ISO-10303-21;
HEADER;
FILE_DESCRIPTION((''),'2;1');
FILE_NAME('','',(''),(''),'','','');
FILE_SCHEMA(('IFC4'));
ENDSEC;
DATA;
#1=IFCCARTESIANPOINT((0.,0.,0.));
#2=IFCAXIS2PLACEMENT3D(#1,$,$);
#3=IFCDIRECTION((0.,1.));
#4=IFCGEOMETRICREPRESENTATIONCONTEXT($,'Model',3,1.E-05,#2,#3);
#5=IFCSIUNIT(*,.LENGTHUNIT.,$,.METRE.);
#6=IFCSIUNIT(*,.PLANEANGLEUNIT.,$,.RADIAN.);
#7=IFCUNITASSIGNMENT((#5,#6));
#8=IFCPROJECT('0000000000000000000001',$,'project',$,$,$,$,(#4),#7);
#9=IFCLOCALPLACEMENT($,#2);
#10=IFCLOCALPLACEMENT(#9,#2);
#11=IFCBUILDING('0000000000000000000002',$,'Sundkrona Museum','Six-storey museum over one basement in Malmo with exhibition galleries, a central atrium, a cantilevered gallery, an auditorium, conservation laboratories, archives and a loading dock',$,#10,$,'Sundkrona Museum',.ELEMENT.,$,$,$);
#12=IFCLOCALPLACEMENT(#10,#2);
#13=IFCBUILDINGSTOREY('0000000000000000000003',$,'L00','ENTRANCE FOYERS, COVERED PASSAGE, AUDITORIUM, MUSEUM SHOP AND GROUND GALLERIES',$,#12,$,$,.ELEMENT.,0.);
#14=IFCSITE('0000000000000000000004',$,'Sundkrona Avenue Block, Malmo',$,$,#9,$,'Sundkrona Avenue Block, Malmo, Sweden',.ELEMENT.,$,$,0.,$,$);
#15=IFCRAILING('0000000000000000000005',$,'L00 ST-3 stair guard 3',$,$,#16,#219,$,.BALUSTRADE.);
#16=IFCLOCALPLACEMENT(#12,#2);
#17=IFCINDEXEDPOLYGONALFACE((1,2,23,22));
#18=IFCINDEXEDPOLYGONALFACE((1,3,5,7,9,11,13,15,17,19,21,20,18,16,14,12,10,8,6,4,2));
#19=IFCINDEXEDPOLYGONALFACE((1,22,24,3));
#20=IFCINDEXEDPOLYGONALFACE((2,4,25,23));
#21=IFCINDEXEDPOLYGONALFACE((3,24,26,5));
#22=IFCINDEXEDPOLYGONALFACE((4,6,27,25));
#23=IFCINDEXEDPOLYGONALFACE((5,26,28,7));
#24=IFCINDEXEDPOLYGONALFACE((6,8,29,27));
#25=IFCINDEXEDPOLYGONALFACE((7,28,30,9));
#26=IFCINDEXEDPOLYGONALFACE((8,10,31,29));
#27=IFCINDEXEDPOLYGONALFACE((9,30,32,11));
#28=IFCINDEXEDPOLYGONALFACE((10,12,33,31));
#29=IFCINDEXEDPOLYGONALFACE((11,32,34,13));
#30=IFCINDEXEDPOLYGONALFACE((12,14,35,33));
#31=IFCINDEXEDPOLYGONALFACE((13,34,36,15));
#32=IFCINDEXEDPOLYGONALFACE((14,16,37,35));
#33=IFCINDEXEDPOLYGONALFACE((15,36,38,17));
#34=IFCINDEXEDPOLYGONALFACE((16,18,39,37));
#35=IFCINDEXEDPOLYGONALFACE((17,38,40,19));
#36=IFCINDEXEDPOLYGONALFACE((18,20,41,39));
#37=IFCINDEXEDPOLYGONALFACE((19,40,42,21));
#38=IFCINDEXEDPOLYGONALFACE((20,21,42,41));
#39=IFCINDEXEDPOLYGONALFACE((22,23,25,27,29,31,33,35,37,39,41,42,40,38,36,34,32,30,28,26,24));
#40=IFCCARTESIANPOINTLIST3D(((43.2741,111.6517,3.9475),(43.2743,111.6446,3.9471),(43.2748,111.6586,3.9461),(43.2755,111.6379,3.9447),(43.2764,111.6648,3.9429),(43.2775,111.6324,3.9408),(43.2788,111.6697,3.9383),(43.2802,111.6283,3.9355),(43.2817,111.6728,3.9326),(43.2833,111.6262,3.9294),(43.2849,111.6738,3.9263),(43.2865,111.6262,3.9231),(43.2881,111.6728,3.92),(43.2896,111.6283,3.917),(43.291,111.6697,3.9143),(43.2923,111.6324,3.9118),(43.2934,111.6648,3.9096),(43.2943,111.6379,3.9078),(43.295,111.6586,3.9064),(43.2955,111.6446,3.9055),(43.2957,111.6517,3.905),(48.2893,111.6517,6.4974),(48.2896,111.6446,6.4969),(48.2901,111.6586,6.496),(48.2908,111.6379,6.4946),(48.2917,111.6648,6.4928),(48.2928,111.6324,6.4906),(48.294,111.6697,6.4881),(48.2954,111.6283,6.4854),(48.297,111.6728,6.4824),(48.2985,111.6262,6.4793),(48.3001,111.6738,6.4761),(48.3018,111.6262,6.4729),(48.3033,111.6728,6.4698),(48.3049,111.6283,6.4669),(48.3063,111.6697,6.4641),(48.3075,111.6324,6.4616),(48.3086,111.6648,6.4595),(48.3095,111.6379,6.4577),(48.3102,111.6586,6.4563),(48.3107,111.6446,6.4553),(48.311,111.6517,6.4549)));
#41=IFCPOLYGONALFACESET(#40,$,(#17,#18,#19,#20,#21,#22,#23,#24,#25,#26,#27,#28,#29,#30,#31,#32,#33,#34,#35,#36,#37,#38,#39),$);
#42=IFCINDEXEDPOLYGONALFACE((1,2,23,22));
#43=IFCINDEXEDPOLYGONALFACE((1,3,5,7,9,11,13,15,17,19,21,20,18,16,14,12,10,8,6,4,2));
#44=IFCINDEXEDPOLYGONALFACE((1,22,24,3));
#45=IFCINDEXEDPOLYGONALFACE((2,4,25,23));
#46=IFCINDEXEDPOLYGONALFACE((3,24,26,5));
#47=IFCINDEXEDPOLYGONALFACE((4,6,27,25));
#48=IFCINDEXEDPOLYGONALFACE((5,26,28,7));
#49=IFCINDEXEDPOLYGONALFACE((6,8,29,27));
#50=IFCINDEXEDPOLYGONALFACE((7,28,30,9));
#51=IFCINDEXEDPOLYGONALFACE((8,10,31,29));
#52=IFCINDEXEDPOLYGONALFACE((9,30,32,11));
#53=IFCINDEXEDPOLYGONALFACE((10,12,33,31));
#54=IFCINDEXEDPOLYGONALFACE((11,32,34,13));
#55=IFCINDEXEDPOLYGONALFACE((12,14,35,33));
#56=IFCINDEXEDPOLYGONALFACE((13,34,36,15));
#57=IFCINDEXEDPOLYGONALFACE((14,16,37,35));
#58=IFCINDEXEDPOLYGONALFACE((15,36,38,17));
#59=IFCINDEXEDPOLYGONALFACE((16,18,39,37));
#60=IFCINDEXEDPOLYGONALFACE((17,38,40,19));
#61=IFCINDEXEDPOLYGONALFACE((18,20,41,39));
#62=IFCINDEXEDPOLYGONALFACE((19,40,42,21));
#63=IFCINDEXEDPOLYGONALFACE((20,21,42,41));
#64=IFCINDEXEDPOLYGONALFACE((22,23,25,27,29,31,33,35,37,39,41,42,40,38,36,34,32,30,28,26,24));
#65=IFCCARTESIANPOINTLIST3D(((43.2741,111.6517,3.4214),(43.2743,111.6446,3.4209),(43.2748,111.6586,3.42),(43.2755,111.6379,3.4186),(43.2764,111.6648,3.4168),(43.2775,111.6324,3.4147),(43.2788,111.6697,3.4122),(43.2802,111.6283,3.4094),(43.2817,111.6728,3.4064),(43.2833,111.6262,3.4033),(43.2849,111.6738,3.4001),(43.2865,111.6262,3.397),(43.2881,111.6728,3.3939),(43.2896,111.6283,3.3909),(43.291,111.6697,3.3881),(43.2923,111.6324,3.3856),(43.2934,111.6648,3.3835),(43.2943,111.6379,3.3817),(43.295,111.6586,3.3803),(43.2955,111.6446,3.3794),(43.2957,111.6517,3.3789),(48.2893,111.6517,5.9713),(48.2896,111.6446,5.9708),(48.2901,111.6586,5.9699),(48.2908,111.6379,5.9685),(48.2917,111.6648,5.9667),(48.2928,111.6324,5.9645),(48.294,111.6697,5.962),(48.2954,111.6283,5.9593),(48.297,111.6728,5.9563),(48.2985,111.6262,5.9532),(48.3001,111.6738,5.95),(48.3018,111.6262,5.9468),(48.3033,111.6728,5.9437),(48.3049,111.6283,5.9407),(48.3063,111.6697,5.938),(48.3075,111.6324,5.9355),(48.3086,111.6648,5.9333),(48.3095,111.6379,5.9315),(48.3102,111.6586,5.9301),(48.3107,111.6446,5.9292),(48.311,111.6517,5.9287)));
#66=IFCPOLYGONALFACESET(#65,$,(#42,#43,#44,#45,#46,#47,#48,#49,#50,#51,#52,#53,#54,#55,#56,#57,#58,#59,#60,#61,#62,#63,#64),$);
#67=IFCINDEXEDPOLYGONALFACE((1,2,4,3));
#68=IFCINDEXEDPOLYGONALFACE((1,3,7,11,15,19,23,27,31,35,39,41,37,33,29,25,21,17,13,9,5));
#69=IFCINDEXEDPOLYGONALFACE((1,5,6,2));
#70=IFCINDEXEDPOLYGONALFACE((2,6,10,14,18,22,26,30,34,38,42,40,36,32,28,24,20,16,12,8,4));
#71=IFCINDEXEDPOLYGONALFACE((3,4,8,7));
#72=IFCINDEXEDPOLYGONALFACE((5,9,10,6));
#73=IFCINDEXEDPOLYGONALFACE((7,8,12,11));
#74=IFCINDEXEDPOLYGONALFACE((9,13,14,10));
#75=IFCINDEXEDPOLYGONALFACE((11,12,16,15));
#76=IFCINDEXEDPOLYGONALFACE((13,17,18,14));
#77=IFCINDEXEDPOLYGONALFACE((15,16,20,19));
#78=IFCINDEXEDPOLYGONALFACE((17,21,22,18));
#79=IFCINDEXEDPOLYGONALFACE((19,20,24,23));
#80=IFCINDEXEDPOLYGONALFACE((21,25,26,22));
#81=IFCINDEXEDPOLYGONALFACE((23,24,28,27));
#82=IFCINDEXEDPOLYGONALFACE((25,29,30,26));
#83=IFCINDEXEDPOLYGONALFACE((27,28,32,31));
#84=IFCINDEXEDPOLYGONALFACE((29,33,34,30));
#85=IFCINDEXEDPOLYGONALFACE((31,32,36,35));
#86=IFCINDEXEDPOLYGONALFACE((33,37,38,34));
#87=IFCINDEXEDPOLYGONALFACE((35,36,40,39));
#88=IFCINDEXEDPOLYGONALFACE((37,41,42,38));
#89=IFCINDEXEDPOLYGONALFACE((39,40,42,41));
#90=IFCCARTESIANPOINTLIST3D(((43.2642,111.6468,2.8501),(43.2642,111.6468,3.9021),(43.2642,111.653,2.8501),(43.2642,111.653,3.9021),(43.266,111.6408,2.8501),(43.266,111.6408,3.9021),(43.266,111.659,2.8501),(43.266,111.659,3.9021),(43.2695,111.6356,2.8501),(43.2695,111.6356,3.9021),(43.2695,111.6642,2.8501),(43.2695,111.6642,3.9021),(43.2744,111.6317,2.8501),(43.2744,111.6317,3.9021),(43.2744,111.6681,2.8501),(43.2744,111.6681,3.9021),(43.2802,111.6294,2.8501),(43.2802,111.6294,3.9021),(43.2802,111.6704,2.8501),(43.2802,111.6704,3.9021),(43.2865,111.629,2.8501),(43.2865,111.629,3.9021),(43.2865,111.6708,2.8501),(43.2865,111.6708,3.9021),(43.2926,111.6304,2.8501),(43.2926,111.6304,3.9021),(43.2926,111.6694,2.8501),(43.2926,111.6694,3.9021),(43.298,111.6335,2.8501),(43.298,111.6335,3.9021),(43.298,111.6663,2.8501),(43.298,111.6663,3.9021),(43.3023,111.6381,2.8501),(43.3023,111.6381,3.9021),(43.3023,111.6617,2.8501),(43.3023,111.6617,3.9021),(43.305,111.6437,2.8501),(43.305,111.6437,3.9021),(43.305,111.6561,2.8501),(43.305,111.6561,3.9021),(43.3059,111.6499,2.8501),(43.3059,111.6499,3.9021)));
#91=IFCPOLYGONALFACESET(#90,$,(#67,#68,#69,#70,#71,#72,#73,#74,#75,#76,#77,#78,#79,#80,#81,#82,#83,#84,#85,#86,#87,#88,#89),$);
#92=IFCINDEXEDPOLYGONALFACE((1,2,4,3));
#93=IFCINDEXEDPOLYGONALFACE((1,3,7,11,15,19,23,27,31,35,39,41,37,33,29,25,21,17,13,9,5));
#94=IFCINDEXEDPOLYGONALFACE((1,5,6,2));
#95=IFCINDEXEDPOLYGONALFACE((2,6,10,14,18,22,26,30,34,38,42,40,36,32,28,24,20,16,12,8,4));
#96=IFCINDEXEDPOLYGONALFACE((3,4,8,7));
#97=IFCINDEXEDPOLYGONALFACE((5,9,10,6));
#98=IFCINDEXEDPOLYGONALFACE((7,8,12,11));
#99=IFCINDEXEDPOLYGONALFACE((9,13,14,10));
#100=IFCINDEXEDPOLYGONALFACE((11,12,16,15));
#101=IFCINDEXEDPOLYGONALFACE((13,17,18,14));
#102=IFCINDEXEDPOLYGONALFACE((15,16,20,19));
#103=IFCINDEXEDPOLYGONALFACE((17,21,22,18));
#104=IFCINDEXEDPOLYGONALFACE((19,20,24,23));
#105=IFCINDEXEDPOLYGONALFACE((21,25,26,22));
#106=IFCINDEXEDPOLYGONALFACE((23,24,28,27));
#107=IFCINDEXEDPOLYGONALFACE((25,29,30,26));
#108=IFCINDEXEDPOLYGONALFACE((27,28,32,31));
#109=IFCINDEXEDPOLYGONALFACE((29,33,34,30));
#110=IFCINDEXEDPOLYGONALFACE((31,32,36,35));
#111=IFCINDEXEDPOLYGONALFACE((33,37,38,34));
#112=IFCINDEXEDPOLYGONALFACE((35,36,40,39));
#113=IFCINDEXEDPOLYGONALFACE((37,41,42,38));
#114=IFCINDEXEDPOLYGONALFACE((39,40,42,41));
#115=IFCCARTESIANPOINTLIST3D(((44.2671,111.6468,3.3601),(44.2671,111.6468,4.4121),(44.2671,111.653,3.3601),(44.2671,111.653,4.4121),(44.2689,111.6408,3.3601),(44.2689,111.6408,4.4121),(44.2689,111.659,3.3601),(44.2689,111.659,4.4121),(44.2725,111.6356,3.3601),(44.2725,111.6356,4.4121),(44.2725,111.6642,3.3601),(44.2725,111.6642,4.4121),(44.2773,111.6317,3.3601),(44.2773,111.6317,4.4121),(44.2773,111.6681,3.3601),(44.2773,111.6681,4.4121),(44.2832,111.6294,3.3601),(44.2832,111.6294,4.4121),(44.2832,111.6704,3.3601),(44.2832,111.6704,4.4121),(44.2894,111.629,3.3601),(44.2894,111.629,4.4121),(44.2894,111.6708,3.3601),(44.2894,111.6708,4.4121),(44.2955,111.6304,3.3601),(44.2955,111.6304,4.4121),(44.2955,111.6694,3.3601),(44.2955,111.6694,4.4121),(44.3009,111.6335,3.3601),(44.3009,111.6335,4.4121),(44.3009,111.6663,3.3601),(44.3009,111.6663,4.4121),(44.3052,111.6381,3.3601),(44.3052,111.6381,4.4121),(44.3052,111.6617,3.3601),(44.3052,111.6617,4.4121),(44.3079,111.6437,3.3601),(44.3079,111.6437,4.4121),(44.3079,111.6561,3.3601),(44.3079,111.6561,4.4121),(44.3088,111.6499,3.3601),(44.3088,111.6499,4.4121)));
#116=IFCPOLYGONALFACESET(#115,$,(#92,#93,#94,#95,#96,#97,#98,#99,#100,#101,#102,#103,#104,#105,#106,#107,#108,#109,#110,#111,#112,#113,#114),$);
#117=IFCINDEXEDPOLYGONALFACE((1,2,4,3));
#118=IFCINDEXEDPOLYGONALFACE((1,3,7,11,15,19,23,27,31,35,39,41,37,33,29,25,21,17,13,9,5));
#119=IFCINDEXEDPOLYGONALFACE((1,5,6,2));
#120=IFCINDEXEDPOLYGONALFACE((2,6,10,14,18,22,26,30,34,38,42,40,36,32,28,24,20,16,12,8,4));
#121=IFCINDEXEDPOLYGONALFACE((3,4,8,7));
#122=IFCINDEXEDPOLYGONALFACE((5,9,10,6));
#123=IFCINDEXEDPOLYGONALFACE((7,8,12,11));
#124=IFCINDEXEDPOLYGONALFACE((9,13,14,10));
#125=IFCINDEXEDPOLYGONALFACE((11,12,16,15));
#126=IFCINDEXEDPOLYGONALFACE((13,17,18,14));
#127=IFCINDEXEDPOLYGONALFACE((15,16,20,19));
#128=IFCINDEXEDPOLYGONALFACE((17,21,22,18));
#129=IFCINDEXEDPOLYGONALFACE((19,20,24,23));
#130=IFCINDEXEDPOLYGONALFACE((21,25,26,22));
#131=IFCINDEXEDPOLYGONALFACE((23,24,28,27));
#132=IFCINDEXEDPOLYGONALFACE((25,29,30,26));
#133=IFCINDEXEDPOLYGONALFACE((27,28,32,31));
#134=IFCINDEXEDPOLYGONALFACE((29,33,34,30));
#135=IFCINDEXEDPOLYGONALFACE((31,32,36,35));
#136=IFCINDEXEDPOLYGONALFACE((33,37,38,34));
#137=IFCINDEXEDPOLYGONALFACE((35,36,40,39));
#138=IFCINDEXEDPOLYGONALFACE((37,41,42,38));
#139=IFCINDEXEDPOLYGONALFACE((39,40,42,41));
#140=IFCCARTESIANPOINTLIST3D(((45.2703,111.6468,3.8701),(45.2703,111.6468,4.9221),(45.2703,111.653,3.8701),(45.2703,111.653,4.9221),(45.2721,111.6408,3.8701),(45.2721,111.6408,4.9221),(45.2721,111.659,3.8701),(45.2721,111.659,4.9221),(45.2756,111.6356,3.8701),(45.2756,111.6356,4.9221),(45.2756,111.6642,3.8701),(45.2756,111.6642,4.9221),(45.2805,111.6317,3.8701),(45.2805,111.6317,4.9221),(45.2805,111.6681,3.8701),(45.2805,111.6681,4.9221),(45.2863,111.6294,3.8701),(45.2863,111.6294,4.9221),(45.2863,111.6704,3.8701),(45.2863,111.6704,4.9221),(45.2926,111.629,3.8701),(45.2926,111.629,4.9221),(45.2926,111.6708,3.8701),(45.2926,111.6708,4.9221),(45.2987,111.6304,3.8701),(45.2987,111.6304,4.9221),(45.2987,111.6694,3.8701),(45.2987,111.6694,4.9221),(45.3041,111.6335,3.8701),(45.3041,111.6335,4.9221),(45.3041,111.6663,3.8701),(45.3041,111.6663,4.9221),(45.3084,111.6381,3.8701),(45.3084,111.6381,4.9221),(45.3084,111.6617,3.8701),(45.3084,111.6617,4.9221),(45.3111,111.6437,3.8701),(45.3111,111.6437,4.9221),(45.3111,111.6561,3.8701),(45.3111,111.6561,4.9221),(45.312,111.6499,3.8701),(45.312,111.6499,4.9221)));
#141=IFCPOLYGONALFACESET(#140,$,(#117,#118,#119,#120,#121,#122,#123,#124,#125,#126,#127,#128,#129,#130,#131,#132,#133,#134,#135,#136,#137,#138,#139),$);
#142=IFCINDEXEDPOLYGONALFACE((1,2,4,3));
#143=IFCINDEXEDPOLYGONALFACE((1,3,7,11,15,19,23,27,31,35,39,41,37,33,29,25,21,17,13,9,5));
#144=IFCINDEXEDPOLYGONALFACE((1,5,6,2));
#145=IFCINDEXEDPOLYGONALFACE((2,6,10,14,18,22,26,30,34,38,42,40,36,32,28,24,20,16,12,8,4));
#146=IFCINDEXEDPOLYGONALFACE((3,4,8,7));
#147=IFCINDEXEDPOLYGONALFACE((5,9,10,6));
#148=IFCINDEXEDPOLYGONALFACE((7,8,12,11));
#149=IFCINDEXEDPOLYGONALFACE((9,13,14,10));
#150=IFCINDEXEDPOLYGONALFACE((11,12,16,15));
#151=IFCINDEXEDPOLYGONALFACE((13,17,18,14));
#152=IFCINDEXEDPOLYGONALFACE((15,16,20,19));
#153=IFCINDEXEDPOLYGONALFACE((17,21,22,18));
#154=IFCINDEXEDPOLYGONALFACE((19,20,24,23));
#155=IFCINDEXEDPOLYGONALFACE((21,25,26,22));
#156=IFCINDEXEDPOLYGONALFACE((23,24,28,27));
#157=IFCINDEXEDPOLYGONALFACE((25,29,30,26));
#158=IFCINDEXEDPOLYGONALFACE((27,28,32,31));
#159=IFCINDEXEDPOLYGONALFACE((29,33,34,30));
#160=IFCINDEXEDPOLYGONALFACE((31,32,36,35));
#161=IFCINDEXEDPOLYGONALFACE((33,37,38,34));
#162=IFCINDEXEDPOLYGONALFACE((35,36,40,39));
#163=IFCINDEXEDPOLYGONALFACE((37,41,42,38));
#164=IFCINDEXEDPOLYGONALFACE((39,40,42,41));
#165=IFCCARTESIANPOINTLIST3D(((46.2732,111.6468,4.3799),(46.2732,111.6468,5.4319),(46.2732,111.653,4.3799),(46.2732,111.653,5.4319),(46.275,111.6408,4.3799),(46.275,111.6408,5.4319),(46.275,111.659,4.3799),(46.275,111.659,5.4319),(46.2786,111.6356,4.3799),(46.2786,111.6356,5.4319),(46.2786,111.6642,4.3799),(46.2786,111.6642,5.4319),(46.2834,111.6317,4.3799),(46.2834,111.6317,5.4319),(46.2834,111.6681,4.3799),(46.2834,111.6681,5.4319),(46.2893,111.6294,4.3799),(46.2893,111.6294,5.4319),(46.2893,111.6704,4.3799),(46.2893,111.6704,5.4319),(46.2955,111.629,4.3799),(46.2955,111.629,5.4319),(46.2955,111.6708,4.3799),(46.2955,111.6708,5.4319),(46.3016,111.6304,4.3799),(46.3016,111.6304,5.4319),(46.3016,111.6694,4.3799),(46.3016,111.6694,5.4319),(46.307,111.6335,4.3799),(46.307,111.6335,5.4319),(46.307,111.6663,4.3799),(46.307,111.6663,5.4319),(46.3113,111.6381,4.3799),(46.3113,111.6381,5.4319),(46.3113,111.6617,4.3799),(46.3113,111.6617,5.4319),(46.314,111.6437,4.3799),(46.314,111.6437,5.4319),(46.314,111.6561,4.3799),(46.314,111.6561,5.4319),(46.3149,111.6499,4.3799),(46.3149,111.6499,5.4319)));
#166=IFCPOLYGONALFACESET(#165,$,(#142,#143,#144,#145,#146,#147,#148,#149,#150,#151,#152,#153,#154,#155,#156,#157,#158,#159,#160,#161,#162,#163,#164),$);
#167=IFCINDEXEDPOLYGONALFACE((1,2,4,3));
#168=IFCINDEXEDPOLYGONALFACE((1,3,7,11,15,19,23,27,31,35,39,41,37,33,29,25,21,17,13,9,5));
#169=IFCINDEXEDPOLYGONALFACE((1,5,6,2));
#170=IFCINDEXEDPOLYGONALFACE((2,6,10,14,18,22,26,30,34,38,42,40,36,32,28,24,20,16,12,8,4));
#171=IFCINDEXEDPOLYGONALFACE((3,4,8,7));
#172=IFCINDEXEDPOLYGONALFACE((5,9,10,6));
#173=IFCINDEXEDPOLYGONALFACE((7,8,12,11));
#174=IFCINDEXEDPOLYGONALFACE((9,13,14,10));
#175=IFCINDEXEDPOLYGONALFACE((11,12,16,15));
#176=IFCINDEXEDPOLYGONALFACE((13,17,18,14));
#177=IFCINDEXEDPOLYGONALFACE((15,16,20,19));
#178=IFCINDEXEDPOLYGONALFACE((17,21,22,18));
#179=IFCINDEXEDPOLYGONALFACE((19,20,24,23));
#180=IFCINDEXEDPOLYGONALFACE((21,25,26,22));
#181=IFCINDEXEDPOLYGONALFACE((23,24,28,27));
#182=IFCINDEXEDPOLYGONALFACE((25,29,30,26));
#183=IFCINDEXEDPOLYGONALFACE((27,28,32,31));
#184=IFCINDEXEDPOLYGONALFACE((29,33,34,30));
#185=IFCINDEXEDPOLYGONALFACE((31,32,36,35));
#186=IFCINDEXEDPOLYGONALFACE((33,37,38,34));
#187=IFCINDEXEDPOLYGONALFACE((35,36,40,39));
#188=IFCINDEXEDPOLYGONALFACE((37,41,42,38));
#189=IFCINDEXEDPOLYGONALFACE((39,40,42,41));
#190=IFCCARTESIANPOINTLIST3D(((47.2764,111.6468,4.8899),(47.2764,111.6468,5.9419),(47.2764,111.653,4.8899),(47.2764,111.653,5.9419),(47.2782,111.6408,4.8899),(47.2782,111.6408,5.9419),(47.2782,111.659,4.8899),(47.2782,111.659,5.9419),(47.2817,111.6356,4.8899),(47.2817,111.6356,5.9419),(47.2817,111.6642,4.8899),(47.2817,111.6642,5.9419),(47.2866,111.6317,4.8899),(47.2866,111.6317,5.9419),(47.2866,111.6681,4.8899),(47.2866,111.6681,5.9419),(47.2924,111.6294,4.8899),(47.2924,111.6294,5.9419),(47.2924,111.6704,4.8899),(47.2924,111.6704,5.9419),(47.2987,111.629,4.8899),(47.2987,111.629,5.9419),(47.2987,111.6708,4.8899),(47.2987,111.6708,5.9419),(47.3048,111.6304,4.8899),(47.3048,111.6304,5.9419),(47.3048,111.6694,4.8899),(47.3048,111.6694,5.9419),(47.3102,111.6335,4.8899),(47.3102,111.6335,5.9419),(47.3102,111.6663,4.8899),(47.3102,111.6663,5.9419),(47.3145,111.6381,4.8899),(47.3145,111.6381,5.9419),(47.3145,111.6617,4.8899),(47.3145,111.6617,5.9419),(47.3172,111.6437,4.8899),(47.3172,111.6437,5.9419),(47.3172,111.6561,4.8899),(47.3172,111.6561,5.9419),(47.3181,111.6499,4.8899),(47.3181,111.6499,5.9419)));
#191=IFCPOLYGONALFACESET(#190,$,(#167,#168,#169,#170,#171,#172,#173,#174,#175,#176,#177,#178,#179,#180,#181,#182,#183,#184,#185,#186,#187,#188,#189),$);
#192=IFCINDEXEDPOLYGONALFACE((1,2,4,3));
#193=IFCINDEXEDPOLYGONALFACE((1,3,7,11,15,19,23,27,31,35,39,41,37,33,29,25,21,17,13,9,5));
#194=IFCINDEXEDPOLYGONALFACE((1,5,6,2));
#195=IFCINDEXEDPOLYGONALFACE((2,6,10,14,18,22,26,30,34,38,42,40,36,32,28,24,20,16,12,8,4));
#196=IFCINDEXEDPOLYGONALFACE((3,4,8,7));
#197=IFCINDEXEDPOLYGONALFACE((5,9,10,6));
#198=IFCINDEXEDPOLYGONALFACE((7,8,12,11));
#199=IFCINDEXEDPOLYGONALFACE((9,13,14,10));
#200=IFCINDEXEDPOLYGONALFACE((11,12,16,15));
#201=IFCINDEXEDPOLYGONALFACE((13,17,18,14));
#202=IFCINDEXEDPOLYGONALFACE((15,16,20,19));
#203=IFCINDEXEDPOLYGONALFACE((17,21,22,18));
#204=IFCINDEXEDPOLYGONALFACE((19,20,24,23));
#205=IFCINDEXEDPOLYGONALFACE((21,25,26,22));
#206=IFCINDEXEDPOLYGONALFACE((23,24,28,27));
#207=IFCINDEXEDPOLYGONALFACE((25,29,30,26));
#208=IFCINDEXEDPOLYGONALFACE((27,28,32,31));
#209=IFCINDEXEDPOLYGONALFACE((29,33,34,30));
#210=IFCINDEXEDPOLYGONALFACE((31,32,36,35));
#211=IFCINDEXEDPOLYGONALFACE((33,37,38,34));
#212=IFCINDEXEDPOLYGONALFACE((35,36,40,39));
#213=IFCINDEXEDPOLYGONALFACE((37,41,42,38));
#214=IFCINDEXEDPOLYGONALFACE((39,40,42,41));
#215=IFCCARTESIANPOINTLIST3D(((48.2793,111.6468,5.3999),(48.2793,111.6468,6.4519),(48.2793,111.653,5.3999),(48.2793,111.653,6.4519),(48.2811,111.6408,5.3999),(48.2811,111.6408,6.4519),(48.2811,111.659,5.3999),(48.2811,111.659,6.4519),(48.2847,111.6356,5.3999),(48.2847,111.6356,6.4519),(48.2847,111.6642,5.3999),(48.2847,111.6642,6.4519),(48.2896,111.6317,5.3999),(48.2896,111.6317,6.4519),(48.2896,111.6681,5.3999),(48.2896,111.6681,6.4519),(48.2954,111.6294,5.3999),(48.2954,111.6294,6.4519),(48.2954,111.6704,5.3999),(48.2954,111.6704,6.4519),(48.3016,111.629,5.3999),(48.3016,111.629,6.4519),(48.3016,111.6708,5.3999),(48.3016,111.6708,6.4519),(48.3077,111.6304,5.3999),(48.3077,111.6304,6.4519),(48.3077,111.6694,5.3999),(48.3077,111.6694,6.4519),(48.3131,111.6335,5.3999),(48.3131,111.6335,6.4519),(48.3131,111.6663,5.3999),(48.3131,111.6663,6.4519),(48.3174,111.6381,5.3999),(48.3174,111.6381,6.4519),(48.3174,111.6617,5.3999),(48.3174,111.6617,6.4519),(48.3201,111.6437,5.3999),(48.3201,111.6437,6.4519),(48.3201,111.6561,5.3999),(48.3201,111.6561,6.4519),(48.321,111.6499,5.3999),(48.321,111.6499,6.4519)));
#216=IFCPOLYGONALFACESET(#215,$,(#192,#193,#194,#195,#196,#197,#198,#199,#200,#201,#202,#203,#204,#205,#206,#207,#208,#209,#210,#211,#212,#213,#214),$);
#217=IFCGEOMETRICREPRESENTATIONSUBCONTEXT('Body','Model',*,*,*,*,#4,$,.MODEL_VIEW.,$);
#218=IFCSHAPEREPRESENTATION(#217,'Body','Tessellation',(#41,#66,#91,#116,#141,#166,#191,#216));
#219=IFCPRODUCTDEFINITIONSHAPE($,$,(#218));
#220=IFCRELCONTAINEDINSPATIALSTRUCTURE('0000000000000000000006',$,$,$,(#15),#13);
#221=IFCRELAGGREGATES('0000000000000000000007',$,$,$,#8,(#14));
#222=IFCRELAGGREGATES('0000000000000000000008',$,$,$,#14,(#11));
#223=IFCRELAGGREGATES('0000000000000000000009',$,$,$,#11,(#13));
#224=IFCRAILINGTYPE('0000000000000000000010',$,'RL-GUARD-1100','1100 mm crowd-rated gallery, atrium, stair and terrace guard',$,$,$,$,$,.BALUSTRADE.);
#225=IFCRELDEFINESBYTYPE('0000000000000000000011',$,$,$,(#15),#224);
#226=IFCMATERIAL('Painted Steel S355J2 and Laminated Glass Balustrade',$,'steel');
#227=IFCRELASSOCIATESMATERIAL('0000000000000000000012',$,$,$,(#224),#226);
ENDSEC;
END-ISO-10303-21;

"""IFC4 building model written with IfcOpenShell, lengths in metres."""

from ifc_helpers import new_model, si_unit, direction, frame, origin, origin_2d, place, context, subcontext, project, spatial, circle, extrude, material, type_object, element, save


model = new_model("IFC4")

# Units and contexts
model_context = context("Model", 3, precision=1e-05, world=origin(), true_north=direction((0.0, 1.0)))
body_context = subcontext(model_context, "Body", "Model", "MODEL_VIEW")
ifc_project = project(units=[si_unit("LENGTHUNIT", "METRE"), si_unit("PLANEANGLEUNIT", "RADIAN")], contexts=[model_context])

# Site, building, storey
site_placement = place(None, origin())
site = spatial("IfcSite", under=ifc_project, at=site_placement, Name="Sundkrona Avenue Block, Malmo", LongName="Sundkrona Avenue Block, Malmo, Sweden", CompositionType="ELEMENT", RefElevation=0.0)
building_placement = place(site_placement, origin())
building = spatial("IfcBuilding", under=site, at=building_placement, Name="Sundkrona Museum", Description="Six-storey museum over one basement in Malmo with exhibition galleries, a central atrium, a cantilevered gallery, an auditorium, conservation laboratories, archives and a loading dock", LongName="Sundkrona Museum", CompositionType="ELEMENT")
storey_placement = place(building_placement, origin())
storey = spatial("IfcBuildingStorey", under=building, at=storey_placement, Name="L00", Description="ENTRANCE FOYERS, COVERED PASSAGE, AUDITORIUM, MUSEUM SHOP AND GROUND GALLERIES", CompositionType="ELEMENT", Elevation=0.0)

# Railing
ifc_material_1 = material(Name="Painted Steel S355J2 and Laminated Glass Balustrade", Category="steel")
railing_type_1 = type_object("IfcRailingType", Name="RL-GUARD-1100", Description="1100 mm crowd-rated gallery, atrium, stair and terrace guard", PredefinedType="BALUSTRADE", material=ifc_material_1)
railing_1_placement = place(storey_placement, frame((43.2849, 111.6499, 2.8501)))
element("IfcRailing", 1, at=railing_1_placement, inside=storey, type_object=railing_type_1, Name="L00 ST-3 stair guard 3", PredefinedType="BALUSTRADE", context=body_context, shape_type="SweptSolid", body=[
    extrude(circle(Radius=0.0239, at=origin_2d()), frame((0.0, 0.0, 1.0762), z_axis=(0.891404, 0.0, 0.453209), x_axis=(0.0, 1.0, 0.0)), (0.0, 0.0, 1.0), 5.6262),
    extrude(circle(Radius=0.0239, at=origin_2d()), frame((0.0, 0.0, 0.55), z_axis=(0.891404, 0.0, 0.453209), x_axis=(0.0, 1.0, 0.0)), (0.0, 0.0, 1.0), 5.6262),
    extrude(circle(Radius=0.021, at=origin_2d()), origin(), (0.0, 0.0, 1.0), 1.052),
    extrude(circle(Radius=0.021, at=origin_2d()), frame((1.0029, 0.0, 0.51)), (0.0, 0.0, 1.0), 1.052),
    extrude(circle(Radius=0.021, at=origin_2d()), frame((2.0061, 0.0, 1.02)), (0.0, 0.0, 1.0), 1.052),
    extrude(circle(Radius=0.021, at=origin_2d()), frame((3.009, 0.0, 1.5298)), (0.0, 0.0, 1.0), 1.052),
    extrude(circle(Radius=0.021, at=origin_2d()), frame((4.0122, 0.0, 2.0398)), (0.0, 0.0, 1.0), 1.052),
    extrude(circle(Radius=0.021, at=origin_2d()), frame((5.0151, 0.0, 2.5498)), (0.0, 0.0, 1.0), 1.052),
])

save(model, "model.ifc")
